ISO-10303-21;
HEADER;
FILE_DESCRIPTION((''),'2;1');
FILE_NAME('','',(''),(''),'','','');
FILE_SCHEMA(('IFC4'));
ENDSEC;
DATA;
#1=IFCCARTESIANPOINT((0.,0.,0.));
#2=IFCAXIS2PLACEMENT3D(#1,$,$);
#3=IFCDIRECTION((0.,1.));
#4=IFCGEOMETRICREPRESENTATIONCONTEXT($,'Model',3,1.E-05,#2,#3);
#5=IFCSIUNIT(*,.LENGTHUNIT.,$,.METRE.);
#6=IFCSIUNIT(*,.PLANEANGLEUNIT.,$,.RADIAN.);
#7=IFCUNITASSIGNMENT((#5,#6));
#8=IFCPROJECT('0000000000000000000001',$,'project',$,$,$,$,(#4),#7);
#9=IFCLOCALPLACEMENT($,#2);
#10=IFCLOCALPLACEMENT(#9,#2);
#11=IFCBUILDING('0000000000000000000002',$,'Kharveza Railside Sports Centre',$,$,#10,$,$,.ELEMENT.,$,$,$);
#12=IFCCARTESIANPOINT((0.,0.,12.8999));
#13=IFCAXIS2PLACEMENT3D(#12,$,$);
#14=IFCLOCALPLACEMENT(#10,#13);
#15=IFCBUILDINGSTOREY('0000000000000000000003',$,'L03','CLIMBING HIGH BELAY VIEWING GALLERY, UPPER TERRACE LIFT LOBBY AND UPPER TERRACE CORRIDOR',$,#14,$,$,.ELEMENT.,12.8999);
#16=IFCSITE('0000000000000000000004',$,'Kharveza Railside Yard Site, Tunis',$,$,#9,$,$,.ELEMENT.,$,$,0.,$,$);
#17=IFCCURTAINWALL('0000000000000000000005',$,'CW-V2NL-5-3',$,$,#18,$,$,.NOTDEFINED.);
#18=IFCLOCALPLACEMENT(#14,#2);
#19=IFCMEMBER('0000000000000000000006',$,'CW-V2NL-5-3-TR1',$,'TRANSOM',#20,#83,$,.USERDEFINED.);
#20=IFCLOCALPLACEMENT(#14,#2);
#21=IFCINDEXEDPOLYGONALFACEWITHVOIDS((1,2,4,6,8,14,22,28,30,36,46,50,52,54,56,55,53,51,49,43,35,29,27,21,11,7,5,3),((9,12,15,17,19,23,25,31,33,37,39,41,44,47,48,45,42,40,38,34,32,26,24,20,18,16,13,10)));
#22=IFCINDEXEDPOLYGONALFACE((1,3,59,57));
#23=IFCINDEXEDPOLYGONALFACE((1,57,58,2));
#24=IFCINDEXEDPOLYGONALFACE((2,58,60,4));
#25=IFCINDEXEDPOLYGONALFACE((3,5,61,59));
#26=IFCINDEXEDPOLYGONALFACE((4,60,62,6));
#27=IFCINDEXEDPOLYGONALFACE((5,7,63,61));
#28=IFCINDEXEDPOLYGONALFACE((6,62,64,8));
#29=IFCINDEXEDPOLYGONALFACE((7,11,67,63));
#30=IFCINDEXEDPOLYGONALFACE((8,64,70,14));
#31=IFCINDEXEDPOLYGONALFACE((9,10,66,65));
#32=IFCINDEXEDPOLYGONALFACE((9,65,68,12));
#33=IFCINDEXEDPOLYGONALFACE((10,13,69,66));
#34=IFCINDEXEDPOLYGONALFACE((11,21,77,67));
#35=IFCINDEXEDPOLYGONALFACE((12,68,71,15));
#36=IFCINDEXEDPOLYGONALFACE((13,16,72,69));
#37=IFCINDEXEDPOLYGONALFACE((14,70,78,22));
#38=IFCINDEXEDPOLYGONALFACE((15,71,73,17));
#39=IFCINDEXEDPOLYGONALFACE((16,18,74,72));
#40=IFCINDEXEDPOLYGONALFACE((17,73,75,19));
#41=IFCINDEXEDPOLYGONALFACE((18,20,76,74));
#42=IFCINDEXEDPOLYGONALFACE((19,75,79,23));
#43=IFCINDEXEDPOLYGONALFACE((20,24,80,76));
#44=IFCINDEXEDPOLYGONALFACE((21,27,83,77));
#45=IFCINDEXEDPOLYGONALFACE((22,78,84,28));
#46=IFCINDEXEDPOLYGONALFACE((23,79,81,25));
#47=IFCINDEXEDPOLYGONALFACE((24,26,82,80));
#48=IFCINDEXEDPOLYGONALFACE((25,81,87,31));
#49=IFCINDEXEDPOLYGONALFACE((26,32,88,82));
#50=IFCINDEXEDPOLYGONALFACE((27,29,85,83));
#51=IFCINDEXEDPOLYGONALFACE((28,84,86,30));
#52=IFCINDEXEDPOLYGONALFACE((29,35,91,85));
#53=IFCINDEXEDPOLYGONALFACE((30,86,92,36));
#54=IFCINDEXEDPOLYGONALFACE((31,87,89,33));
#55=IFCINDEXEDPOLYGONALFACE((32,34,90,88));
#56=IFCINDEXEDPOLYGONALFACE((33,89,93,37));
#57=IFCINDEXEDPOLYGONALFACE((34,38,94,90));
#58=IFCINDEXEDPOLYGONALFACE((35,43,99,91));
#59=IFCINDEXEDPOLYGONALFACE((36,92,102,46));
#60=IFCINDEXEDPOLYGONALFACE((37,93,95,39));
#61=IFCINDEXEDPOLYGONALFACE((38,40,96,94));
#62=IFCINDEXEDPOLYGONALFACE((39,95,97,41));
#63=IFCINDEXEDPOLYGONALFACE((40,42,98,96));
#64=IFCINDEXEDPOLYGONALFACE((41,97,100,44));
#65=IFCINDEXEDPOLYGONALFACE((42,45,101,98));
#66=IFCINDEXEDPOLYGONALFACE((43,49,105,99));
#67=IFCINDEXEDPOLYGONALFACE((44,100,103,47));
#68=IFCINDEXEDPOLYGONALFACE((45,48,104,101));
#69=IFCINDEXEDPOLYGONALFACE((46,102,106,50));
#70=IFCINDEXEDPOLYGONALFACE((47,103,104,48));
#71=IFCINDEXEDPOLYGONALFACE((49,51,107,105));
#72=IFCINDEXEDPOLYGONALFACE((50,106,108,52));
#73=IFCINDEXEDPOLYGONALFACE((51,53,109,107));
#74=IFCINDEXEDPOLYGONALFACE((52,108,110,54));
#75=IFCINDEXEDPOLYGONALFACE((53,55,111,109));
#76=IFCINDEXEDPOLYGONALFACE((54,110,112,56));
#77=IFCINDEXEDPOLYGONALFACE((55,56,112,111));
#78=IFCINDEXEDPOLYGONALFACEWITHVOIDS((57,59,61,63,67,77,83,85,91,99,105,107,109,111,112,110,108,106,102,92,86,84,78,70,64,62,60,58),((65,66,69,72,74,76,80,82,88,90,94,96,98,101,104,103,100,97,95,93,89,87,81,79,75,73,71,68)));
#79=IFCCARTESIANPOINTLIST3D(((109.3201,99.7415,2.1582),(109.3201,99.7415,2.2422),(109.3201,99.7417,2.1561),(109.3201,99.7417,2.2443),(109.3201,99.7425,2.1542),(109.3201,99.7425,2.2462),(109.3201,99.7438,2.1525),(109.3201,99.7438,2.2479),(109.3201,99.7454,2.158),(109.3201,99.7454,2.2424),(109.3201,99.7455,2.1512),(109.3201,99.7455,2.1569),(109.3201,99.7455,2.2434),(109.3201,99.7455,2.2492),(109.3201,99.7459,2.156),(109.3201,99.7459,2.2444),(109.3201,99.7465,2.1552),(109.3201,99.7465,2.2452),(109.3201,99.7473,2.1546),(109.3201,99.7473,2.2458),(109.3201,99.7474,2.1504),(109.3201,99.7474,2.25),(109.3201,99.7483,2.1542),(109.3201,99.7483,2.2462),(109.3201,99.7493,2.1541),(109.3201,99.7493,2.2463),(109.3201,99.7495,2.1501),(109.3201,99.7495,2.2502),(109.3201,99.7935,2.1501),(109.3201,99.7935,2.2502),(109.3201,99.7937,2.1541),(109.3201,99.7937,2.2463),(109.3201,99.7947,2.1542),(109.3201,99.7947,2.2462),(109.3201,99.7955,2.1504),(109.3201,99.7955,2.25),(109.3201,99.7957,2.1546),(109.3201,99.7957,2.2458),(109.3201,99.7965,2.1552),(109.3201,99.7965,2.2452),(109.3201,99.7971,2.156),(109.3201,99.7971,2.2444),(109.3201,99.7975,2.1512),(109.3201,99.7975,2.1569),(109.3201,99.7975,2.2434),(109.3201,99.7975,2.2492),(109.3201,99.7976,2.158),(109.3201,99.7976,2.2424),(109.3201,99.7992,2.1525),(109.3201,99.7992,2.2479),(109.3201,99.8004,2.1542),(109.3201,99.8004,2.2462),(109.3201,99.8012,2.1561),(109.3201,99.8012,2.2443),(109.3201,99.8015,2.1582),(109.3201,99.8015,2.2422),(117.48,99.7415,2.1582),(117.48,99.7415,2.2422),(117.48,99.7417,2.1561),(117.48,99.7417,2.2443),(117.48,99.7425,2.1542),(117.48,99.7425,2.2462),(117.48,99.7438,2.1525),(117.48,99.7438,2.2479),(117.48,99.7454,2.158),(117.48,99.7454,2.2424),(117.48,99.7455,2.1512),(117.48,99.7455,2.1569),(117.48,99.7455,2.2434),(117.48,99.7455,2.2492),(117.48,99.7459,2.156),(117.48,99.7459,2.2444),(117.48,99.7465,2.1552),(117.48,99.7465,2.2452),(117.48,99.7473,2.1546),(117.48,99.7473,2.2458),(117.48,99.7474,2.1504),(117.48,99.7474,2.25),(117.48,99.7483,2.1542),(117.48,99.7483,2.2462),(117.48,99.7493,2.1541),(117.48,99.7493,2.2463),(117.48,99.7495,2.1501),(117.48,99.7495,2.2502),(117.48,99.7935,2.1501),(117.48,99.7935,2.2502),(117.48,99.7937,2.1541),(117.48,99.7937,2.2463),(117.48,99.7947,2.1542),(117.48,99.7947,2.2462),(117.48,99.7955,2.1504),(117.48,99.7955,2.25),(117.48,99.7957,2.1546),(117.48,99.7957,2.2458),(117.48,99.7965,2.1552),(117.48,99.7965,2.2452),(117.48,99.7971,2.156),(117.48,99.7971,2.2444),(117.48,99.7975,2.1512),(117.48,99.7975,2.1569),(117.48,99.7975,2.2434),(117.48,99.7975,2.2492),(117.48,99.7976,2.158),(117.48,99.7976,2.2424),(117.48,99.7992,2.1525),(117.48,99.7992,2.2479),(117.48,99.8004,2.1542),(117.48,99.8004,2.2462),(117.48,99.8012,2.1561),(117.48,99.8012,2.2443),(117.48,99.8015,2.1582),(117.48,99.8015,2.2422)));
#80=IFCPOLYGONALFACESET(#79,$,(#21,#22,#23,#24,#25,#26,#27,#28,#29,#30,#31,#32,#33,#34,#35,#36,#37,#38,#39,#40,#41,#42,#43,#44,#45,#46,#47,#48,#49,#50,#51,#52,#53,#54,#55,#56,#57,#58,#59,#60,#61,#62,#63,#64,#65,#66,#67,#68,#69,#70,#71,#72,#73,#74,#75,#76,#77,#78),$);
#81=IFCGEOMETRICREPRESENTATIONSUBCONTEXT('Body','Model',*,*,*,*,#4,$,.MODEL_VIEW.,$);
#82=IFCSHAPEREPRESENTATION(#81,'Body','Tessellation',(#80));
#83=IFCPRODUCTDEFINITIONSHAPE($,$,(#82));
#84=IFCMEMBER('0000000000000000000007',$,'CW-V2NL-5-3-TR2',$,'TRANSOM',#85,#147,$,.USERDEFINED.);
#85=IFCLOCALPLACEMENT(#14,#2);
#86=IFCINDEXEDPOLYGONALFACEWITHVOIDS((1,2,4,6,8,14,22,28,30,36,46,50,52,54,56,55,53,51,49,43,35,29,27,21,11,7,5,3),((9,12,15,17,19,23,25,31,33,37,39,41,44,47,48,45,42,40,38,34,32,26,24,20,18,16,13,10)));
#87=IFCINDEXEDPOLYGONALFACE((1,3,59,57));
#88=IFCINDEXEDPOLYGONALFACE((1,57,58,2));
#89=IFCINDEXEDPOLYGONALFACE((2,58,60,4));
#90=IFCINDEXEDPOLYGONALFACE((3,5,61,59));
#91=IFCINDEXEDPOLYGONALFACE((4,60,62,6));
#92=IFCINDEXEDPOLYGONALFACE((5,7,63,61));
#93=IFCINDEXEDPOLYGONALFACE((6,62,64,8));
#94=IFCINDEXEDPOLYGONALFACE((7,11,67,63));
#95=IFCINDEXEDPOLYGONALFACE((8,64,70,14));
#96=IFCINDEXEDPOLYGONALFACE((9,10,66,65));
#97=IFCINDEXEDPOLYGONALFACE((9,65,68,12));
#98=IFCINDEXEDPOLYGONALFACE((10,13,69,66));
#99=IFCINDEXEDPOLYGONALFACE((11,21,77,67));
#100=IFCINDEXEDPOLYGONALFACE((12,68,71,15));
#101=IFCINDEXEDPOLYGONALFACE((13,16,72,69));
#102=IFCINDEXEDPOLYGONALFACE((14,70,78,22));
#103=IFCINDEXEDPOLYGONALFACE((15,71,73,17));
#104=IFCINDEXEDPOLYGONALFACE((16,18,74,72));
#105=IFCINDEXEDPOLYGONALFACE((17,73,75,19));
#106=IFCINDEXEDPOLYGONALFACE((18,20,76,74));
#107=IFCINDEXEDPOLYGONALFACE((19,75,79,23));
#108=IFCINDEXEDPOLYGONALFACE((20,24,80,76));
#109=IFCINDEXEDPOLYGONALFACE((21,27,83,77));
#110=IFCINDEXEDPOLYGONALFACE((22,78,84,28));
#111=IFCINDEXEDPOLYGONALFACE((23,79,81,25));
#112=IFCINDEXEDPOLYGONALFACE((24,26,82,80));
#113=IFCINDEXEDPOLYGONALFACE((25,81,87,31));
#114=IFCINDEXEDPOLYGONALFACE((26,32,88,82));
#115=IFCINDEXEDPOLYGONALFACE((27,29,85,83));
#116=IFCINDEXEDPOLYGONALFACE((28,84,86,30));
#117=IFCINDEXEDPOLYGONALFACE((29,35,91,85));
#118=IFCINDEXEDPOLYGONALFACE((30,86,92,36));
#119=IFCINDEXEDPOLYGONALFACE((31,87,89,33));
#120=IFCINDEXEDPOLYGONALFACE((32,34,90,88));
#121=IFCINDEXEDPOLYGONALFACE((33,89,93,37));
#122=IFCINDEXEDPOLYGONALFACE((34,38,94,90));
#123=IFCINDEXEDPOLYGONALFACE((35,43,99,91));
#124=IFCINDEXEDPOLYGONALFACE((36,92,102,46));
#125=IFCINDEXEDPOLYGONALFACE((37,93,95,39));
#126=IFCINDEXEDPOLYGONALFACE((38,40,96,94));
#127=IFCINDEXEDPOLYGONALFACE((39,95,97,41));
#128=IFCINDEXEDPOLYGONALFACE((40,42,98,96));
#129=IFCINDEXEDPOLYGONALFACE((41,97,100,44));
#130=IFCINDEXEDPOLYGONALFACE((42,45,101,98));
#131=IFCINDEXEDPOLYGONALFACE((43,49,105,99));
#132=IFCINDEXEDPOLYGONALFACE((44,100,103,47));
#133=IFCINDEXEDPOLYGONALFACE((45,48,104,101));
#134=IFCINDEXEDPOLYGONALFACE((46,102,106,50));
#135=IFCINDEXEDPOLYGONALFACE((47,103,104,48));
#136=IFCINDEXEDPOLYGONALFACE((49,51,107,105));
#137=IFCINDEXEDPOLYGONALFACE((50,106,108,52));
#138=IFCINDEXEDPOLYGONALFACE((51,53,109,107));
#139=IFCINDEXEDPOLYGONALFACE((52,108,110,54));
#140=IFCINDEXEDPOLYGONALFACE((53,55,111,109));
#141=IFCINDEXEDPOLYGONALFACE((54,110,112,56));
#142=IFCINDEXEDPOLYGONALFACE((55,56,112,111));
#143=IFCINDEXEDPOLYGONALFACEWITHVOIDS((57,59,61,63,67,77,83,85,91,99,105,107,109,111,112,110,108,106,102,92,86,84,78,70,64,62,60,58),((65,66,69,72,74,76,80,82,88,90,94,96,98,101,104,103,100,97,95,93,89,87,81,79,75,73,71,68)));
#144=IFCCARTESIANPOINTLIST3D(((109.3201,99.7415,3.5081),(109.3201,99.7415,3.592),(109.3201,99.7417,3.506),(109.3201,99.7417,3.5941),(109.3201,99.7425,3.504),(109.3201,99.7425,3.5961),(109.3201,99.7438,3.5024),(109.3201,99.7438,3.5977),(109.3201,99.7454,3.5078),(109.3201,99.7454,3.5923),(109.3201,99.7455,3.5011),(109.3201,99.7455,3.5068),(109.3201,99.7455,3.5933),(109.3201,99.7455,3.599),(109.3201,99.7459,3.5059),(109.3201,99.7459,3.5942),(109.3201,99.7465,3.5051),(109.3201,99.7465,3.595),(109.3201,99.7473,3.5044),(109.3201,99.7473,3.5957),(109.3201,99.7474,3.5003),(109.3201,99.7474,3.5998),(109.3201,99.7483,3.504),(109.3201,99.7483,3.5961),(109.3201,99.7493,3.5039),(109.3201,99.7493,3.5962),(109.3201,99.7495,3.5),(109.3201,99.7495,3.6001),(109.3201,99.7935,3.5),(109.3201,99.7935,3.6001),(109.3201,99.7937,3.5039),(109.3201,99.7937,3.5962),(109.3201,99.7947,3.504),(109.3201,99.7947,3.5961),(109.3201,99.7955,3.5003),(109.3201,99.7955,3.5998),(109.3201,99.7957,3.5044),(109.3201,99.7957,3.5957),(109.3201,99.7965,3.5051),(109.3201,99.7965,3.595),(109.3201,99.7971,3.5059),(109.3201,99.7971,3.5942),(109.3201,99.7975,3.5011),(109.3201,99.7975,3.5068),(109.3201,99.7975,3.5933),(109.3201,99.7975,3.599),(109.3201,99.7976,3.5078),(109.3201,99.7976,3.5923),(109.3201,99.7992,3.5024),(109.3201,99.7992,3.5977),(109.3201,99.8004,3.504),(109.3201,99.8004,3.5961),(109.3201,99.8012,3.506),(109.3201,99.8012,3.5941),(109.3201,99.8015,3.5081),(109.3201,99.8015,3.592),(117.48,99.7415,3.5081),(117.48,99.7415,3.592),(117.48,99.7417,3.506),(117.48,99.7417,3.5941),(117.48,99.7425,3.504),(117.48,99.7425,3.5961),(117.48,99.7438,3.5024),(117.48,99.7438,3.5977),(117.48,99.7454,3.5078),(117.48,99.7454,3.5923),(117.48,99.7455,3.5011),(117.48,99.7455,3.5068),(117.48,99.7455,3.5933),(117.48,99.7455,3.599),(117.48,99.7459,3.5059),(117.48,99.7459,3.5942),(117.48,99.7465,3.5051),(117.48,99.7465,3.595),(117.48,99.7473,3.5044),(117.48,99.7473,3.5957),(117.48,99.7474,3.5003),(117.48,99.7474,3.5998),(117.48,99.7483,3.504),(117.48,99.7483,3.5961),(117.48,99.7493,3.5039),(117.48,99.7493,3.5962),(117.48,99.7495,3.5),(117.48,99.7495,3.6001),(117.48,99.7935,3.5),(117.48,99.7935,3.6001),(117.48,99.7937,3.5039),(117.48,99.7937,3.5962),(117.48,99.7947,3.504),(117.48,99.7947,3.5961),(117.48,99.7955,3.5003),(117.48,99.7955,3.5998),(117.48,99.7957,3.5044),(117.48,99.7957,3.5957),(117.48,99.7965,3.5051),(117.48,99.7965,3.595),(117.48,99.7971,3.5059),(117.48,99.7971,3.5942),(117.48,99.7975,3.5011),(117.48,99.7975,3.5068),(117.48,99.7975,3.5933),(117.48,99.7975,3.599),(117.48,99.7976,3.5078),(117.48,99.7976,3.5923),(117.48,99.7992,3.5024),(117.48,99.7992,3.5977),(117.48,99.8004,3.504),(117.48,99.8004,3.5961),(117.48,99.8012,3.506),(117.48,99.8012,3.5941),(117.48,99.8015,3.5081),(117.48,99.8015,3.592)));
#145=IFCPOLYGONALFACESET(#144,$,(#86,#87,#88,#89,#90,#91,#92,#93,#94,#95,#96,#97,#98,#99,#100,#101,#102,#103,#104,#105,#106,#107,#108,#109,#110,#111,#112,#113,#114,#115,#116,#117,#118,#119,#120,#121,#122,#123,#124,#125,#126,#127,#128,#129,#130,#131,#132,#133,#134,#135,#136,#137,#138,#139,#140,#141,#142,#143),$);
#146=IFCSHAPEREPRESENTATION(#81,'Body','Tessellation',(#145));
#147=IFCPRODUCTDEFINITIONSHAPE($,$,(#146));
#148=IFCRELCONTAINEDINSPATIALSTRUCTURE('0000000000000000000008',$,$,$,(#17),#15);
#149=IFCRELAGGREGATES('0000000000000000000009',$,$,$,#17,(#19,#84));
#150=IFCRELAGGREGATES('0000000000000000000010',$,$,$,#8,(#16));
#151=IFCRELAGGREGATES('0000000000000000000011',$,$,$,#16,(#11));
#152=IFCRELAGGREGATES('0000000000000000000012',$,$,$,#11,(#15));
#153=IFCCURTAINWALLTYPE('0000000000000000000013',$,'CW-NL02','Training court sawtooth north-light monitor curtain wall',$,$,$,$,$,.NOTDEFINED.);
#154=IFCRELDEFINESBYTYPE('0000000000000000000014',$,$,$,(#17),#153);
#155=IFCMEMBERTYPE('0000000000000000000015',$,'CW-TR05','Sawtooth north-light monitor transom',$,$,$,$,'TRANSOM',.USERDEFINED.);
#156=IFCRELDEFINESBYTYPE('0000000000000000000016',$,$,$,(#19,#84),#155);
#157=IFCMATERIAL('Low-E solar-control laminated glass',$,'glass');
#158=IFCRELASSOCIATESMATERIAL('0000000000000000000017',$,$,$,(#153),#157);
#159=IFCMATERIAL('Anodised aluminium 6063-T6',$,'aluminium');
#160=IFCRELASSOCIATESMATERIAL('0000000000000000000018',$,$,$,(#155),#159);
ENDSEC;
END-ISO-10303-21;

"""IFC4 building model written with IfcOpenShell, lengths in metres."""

from ifc_helpers import new_model, si_unit, direction, frame, origin, origin_2d, place, context, subcontext, project, spatial, hollow_rectangle, extrude, material, material_profile, profile_set, type_object, element, aggregate, save


model = new_model("IFC4")

# Units and contexts
model_context = context("Model", 3, precision=1e-05, world=origin(), true_north=direction((0.0, 1.0)))
body_context = subcontext(model_context, "Body", "Model", "MODEL_VIEW")
ifc_project = project(units=[si_unit("LENGTHUNIT", "METRE"), si_unit("PLANEANGLEUNIT", "RADIAN")], contexts=[model_context])

# Site, building, storey
site_placement = place(None, origin())
site = spatial("IfcSite", under=ifc_project, at=site_placement, Name="Kharveza Railside Yard Site, Tunis", CompositionType="ELEMENT", RefElevation=0.0)
building_placement = place(site_placement, origin())
building = spatial("IfcBuilding", under=site, at=building_placement, Name="Kharveza Railside Sports Centre", CompositionType="ELEMENT")
storey_placement = place(building_placement, frame((0.0, 0.0, 12.8999)))
storey = spatial("IfcBuildingStorey", under=building, at=storey_placement, Name="L03", Description="CLIMBING HIGH BELAY VIEWING GALLERY, UPPER TERRACE LIFT LOBBY AND UPPER TERRACE CORRIDOR", CompositionType="ELEMENT", Elevation=12.8999)

# Curtain wall, members
ifc_material_1 = material(Name="Low-E solar-control laminated glass", Category="glass")
curtain_wall_type = type_object("IfcCurtainWallType", Name="CW-NL02", Description="Training court sawtooth north-light monitor curtain wall", PredefinedType="NOTDEFINED", material=ifc_material_1)
curtain_wall_placement = place(storey_placement, origin())
curtain_wall = element("IfcCurtainWall", 1, at=curtain_wall_placement, inside=storey, type_object=curtain_wall_type, Name="CW-V2NL-5-3", PredefinedType="NOTDEFINED")
ifc_material_2 = material(Name="Anodised aluminium 6063-T6", Category="aluminium")
ifc_material_profile_1 = material_profile(ifc_material_2, hollow_rectangle(XDim=0.0601, YDim=0.1001, WallThickness=0.0039, InnerFilletRadius=0.0039, OuterFilletRadius=0.0081, at=origin_2d()), Name="RHS 60x100x4.0")
ifc_profile_set_1 = profile_set([ifc_material_profile_1], Name="Anodised aluminium 6063-T6")
member_type_1 = type_object("IfcMemberType", Name="CW-TR05", Description="Sawtooth north-light monitor transom", ElementType="TRANSOM", PredefinedType="USERDEFINED", material=ifc_profile_set_1)
member_1_placement = place(storey_placement, frame((109.3201, 99.7715, 2.2002), z_axis=(1.0, 0.0, 0.0), x_axis=(0.0, 1.0, 0.0)))
member_1 = element("IfcMember", 2, at=member_1_placement, type_object=member_type_1, Name="CW-V2NL-5-3-TR1", ObjectType="TRANSOM", PredefinedType="USERDEFINED", context=body_context, shape_type="SweptSolid", body=[
    extrude(hollow_rectangle(XDim=0.0601, YDim=0.1001, WallThickness=0.0039, InnerFilletRadius=0.0039, OuterFilletRadius=0.0081, at=origin_2d()), origin(), (0.0, 0.0, 1.0), 8.1599),
])
member_2_placement = place(storey_placement, frame((109.3201, 99.7715, 3.55), z_axis=(1.0, 0.0, 0.0), x_axis=(0.0, 1.0, 0.0)))
member_2 = element("IfcMember", 3, at=member_2_placement, type_object=member_type_1, Name="CW-V2NL-5-3-TR2", ObjectType="TRANSOM", PredefinedType="USERDEFINED", context=body_context, shape_type="SweptSolid", body=[
    extrude(hollow_rectangle(XDim=0.0601, YDim=0.1001, WallThickness=0.0039, InnerFilletRadius=0.0039, OuterFilletRadius=0.0081, at=origin_2d()), origin(), (0.0, 0.0, 1.0), 8.1599),
])

aggregate(curtain_wall, [member_1, member_2])

save(model, "model.ifc")
